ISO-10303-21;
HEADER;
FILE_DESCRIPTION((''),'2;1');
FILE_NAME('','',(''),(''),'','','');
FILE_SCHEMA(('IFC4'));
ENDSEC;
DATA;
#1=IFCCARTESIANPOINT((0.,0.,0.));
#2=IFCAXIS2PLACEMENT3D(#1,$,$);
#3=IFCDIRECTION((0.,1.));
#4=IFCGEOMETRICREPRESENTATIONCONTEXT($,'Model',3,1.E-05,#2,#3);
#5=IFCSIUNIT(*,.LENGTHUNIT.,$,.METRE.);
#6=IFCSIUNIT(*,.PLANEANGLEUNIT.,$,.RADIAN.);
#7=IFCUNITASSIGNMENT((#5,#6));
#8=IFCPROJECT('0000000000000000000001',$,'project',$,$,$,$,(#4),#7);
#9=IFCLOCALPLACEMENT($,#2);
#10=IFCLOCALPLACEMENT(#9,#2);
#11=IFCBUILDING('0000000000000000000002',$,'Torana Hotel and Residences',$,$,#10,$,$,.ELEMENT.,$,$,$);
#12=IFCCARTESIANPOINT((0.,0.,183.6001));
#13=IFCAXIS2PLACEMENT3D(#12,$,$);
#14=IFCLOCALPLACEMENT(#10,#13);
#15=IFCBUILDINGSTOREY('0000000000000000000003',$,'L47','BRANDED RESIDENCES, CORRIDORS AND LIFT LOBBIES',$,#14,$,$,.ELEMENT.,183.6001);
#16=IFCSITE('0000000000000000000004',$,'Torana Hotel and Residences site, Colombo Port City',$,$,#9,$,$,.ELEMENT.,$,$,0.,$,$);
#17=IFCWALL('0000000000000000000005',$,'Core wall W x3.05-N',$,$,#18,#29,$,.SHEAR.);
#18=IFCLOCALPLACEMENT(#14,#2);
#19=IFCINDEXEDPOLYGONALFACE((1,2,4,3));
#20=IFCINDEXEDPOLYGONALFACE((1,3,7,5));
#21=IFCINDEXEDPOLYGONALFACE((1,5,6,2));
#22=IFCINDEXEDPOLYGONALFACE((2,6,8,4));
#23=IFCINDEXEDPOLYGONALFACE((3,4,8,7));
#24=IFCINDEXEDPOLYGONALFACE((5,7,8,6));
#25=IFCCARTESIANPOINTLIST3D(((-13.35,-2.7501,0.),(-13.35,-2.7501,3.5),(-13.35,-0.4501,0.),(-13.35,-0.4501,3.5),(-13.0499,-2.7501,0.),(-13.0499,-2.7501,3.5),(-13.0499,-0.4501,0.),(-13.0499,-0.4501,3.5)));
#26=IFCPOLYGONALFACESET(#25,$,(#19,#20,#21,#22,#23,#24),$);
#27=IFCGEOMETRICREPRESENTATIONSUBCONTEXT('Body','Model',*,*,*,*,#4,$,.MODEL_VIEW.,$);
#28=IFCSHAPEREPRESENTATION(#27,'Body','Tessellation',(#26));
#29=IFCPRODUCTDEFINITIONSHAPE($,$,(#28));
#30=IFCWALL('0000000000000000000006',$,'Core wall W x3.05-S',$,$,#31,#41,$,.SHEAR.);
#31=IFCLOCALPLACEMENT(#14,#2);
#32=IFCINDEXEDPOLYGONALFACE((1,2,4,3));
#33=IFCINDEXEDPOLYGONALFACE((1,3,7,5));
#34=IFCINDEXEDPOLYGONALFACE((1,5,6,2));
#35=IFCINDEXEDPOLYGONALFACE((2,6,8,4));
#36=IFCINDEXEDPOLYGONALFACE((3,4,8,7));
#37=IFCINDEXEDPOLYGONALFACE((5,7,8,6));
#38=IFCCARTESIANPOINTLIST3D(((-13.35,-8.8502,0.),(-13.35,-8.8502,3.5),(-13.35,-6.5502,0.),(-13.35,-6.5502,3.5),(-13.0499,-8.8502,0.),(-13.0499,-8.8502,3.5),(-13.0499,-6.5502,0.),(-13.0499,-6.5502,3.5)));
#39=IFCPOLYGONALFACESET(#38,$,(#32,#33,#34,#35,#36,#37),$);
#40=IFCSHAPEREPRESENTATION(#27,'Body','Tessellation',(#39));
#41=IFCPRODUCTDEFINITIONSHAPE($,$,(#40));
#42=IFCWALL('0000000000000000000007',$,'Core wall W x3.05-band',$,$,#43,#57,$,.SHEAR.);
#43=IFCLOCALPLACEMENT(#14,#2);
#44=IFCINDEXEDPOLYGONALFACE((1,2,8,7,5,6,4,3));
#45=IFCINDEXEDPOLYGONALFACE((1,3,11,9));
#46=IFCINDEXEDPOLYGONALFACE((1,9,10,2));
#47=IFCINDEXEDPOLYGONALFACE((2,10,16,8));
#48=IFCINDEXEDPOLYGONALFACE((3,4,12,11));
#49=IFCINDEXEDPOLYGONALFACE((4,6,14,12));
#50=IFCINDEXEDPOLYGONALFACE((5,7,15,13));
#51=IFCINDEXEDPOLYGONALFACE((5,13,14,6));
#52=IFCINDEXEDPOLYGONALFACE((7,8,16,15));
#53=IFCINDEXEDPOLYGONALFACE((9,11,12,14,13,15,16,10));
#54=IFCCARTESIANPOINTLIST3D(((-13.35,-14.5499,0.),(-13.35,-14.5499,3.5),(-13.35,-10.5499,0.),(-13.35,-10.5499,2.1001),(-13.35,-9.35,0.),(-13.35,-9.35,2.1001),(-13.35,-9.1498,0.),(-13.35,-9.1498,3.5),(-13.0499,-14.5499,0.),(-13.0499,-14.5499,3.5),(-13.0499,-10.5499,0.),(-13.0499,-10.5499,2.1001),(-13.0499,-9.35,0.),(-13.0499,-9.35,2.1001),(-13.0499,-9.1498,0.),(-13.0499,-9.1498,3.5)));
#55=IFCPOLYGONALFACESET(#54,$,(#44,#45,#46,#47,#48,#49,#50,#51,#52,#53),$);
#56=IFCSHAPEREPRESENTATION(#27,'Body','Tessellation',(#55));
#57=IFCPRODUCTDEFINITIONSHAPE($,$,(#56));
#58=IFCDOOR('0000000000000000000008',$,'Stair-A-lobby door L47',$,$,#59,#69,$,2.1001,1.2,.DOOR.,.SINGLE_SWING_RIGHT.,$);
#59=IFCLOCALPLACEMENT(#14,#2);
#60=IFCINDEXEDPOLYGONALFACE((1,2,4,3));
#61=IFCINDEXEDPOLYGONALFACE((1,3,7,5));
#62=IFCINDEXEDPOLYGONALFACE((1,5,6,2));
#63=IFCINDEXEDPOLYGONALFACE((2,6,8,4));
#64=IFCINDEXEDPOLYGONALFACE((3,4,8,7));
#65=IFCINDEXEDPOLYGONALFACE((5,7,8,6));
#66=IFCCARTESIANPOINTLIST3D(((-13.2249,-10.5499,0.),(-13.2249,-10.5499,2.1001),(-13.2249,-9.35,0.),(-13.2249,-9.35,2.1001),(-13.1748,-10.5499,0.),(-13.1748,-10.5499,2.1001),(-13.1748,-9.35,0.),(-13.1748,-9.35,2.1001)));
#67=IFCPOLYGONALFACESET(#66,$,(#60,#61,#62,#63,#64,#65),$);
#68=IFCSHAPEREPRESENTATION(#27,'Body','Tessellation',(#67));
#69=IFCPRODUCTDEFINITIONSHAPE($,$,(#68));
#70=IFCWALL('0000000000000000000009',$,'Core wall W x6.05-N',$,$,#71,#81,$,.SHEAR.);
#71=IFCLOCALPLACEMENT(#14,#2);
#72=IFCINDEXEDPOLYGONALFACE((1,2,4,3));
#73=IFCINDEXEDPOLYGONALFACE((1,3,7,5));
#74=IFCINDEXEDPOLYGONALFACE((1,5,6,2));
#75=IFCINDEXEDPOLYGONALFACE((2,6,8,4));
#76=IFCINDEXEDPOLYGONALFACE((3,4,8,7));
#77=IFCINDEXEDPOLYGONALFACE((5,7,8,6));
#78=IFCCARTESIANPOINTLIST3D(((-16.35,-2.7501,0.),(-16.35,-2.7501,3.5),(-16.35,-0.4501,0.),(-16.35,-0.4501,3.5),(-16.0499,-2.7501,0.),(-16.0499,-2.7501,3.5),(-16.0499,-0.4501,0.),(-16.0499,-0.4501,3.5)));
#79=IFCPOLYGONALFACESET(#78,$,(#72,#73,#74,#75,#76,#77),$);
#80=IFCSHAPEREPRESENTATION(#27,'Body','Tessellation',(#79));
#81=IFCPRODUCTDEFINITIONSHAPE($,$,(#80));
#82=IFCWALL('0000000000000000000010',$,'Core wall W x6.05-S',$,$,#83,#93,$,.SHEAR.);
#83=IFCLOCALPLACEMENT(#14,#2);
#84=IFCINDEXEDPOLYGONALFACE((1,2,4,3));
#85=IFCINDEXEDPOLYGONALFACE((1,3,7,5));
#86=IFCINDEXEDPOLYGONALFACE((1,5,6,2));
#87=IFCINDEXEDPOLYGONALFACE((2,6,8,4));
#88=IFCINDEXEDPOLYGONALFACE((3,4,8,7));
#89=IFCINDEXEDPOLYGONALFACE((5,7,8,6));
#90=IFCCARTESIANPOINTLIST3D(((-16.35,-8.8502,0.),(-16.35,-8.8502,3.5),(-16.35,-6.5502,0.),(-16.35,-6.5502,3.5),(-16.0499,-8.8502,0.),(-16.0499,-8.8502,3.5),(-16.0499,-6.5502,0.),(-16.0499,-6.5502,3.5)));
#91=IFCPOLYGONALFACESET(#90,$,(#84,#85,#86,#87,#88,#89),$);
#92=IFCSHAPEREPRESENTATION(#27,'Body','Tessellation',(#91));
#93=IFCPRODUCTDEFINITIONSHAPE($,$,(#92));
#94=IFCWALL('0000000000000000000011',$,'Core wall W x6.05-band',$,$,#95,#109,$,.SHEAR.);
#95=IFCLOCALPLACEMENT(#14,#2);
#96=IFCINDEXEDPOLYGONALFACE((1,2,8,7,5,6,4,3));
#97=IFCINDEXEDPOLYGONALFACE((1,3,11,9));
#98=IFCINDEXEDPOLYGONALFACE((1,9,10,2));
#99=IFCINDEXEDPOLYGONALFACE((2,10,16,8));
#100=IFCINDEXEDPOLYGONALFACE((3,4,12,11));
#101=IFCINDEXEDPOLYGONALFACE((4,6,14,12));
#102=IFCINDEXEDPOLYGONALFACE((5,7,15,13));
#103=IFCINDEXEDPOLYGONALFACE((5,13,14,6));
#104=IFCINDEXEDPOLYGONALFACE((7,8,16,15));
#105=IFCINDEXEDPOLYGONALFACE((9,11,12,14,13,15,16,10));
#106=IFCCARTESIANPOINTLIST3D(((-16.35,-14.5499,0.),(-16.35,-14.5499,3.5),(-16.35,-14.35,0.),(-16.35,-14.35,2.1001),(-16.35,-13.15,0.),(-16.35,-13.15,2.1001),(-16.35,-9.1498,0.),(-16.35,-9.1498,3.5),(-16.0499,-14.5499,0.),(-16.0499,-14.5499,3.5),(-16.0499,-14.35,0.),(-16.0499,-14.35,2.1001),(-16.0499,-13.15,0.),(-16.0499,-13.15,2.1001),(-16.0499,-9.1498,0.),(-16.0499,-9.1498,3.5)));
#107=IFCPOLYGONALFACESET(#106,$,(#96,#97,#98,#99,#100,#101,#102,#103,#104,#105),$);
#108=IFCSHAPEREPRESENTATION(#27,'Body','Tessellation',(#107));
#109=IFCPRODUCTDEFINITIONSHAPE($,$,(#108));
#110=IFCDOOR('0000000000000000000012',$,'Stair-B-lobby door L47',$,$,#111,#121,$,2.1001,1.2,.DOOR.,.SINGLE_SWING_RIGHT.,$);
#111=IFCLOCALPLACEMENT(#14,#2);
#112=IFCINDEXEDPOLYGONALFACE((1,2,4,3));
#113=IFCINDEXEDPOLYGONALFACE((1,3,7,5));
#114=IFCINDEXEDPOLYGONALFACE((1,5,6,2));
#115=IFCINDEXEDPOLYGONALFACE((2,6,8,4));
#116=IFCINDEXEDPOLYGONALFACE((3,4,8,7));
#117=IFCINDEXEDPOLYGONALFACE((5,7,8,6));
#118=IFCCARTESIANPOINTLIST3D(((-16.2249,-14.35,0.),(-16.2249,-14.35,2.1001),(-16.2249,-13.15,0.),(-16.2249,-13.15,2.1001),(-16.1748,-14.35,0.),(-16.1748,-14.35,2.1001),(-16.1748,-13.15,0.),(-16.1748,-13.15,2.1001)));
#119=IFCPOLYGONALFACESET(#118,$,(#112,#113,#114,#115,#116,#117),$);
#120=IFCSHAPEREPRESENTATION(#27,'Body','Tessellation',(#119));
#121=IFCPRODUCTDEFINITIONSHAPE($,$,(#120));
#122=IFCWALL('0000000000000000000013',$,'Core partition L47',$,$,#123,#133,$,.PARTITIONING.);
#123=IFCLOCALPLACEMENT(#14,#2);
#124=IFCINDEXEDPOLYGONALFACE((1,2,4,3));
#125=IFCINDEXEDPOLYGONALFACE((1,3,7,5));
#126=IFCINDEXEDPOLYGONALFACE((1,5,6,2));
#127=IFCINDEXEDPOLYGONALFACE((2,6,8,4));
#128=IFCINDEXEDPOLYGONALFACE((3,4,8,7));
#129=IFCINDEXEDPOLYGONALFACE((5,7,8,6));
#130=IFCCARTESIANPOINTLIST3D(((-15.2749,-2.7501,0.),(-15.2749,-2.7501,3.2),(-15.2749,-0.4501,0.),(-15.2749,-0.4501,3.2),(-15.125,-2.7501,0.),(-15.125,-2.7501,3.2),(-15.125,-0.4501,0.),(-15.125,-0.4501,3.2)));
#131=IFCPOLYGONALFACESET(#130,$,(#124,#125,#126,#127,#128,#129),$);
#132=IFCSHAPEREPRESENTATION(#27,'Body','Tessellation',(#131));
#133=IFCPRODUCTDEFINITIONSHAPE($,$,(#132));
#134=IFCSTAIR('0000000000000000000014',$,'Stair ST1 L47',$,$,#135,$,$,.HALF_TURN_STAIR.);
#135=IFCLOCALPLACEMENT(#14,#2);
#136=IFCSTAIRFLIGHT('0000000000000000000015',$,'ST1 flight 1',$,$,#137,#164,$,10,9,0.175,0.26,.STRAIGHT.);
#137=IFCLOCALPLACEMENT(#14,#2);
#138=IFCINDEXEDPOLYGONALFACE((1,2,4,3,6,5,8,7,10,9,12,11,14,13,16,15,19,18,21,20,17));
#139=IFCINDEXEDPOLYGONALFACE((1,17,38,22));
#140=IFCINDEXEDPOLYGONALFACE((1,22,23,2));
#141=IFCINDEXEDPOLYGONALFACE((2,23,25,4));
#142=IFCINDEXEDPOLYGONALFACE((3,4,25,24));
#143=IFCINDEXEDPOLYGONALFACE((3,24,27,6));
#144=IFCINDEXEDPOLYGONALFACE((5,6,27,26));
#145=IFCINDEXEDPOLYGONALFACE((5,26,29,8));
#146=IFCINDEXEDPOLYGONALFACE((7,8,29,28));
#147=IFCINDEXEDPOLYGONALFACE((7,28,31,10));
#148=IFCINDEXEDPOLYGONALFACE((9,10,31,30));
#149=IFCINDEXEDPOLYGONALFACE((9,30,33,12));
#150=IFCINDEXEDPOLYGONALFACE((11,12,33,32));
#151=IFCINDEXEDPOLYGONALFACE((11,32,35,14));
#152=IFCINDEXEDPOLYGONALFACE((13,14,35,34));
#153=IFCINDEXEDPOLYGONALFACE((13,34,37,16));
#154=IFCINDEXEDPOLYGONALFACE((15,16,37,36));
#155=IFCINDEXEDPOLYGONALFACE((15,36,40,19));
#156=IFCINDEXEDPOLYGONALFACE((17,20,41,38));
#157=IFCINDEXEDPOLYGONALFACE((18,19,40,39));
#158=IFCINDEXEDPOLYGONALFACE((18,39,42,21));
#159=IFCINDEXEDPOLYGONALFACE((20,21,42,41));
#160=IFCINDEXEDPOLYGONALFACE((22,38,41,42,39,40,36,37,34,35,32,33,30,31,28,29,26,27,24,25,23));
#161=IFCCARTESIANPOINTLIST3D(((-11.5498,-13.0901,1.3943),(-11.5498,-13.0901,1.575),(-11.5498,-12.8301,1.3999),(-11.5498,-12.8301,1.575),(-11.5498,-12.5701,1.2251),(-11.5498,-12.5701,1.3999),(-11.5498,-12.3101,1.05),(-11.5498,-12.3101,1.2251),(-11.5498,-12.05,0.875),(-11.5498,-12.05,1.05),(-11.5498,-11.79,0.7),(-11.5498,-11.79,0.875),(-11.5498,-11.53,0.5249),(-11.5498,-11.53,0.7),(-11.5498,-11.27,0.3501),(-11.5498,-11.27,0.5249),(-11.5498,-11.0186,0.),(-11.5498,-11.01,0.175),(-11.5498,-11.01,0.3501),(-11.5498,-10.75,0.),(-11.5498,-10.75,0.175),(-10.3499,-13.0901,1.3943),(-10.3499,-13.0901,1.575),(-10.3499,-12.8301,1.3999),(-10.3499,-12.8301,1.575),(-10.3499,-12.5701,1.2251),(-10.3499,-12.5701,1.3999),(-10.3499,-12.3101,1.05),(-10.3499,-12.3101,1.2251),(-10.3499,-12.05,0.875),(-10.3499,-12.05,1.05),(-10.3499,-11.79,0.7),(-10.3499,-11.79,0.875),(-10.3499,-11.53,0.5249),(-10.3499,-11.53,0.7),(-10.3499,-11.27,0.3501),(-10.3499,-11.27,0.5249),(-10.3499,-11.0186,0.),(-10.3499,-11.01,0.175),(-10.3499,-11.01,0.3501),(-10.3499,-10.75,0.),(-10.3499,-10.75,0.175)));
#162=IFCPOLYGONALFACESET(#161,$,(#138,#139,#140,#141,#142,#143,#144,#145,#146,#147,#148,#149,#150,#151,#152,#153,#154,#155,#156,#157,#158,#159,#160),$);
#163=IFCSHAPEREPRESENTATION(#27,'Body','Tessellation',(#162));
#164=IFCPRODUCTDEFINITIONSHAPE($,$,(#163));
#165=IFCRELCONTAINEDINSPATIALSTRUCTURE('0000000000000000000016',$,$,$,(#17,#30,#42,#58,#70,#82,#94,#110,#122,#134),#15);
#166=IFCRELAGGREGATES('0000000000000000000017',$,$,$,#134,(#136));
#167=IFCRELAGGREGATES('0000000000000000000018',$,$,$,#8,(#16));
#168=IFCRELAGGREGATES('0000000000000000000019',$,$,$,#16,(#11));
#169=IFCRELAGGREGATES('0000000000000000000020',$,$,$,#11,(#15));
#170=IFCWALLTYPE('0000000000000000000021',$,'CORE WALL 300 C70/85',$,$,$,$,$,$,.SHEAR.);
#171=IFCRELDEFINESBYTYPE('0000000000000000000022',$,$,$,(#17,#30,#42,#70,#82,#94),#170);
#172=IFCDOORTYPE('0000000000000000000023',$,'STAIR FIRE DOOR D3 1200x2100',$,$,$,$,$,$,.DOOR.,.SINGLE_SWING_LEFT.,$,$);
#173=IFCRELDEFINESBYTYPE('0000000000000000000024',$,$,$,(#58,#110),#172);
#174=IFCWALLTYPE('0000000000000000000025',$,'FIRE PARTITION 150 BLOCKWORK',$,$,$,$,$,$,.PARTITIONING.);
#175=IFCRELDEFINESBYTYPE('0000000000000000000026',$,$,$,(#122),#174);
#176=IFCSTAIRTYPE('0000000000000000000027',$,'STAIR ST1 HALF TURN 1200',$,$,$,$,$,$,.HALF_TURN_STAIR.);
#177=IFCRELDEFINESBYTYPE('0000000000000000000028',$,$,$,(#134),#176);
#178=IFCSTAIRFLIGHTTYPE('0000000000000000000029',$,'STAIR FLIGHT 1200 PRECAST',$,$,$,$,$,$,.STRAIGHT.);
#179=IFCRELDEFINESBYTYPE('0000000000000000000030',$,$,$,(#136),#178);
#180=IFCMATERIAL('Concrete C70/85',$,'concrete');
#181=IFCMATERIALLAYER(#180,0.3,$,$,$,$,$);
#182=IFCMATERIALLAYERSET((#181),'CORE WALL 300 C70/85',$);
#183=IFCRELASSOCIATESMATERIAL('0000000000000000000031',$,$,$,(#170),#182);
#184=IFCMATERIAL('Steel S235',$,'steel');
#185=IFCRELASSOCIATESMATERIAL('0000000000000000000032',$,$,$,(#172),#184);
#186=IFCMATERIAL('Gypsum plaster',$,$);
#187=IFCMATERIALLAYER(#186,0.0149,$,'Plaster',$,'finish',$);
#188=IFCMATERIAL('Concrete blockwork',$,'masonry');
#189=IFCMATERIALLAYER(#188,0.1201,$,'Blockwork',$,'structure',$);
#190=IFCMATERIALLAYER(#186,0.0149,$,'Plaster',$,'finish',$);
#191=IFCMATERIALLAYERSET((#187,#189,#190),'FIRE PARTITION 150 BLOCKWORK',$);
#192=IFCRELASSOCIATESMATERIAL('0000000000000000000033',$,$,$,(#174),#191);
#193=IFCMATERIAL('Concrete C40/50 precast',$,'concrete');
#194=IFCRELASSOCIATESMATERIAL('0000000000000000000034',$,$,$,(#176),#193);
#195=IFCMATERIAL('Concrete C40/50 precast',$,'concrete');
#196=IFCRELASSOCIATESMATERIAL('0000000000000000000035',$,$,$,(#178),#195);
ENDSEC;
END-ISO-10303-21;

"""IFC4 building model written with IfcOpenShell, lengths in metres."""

from ifc_helpers import new_model, si_unit, direction, frame, frame_2d, origin, place, context, subcontext, project, spatial, polyline, rectangle, outline, extrude, material, layer, layer_set, type_object, element, fill, aggregate, save


model = new_model("IFC4")

# Units and contexts
model_context = context("Model", 3, precision=1e-05, world=origin(), true_north=direction((0.0, 1.0)))
body_context = subcontext(model_context, "Body", "Model", "MODEL_VIEW")
ifc_project = project(units=[si_unit("LENGTHUNIT", "METRE"), si_unit("PLANEANGLEUNIT", "RADIAN")], contexts=[model_context])

# Site, building, storey
site_placement = place(None, origin())
site = spatial("IfcSite", under=ifc_project, at=site_placement, Name="Torana Hotel and Residences site, Colombo Port City", CompositionType="ELEMENT", RefElevation=0.0)
building_placement = place(site_placement, origin())
building = spatial("IfcBuilding", under=site, at=building_placement, Name="Torana Hotel and Residences", CompositionType="ELEMENT")
storey_placement = place(building_placement, frame((0.0, 0.0, 183.6001)))
storey = spatial("IfcBuildingStorey", under=building, at=storey_placement, Name="L47", Description="BRANDED RESIDENCES, CORRIDORS AND LIFT LOBBIES", CompositionType="ELEMENT", Elevation=183.6001)

# Walls
ifc_material_1 = material(Name="Concrete C70/85", Category="concrete")
ifc_layer_1 = layer(ifc_material_1, 0.3)
ifc_layer_set_1 = layer_set([ifc_layer_1], Name="CORE WALL 300 C70/85")
wall_type_1 = type_object("IfcWallType", Name="CORE WALL 300 C70/85", PredefinedType="SHEAR", material=ifc_layer_set_1)
for number, where, z_axis, x_axis, name in (
    (1, (-13.2, -2.75, 0.0), (0.0, 0.0, 1.0), (0.0, 1.0, 0.0), "Core wall W x3.05-N"),
    (2, (-13.2, -8.8501, 0.0), (0.0, 0.0, 1.0), (0.0, 1.0, 0.0), "Core wall W x3.05-S"),
):
    element("IfcWall", number, at=place(storey_placement, frame(where, z_axis=z_axis, x_axis=x_axis)), inside=storey, type_object=wall_type_1, Name=name, PredefinedType="SHEAR", context=body_context, shape_type="SweptSolid", body=[
        extrude(rectangle(XDim=2.3, YDim=0.3, at=frame_2d((1.1499, 0.0))), origin(), (0.0, 0.0, 1.0), 3.5),
    ])

# Wall, opening, door
wall_1_placement = place(storey_placement, frame((-13.2, -14.55, 0.0), z_axis=(0.0, 0.0, 1.0), x_axis=(0.0, 1.0, 0.0)))
wall_1 = element("IfcWall", 3, at=wall_1_placement, inside=storey, type_object=wall_type_1, Name="Core wall W x3.05-band", PredefinedType="SHEAR", context=body_context, shape_type="SweptSolid", body=[
    extrude(rectangle(XDim=5.4001, YDim=0.3, at=frame_2d((2.7002, 0.0))), origin(), (0.0, 0.0, 1.0), 3.5),
])
opening_1_placement = place(wall_1_placement, frame((4.0, 0.0, 0.0)))
opening_1 = element("IfcOpeningElement", 4, at=opening_1_placement, cuts=wall_1, PredefinedType="OPENING", context=body_context, shape_type="SweptSolid", body=[
    extrude(rectangle(XDim=1.2, YDim=2.1001, at=frame_2d((0.6001, 1.05))), frame((0.0, 0.1599, 0.0), z_axis=(0.0, -1.0, 0.0), x_axis=(1.0, 0.0, 0.0)), (0.0, 0.0, 1.0), 0.3201),
])
ifc_material_2 = material(Name="Steel S235", Category="steel")
door_type_1 = type_object("IfcDoorType", Name="STAIR FIRE DOOR D3 1200x2100", OperationType="SINGLE_SWING_LEFT", PredefinedType="DOOR", material=ifc_material_2)
door_1_placement = place(opening_1_placement, frame((0.6001, 0.0, 0.0), z_axis=(0.0, 0.0, 1.0), x_axis=(-1.0, 0.0, 0.0)))
door_1 = element("IfcDoor", 5, at=door_1_placement, inside=storey, type_object=door_type_1, Name="Stair-A-lobby door L47", OperationType="SINGLE_SWING_RIGHT", OverallHeight=2.1001, OverallWidth=1.2, PredefinedType="DOOR", context=body_context, shape_type="SweptSolid", body=[
    extrude(rectangle(XDim=1.2, YDim=2.1001, at=frame_2d((0.0, 1.05))), frame((0.0, -0.0249, 0.0), z_axis=(0.0, 1.0, 0.0), x_axis=(-1.0, 0.0, 0.0)), (0.0, 0.0, 1.0), 0.05),
])
fill(opening_1, door_1)

# Walls
for number, where, z_axis, x_axis, name in (
    (6, (-16.2, -2.75, 0.0), (0.0, 0.0, 1.0), (0.0, 1.0, 0.0), "Core wall W x6.05-N"),
    (7, (-16.2, -8.8501, 0.0), (0.0, 0.0, 1.0), (0.0, 1.0, 0.0), "Core wall W x6.05-S"),
):
    element("IfcWall", number, at=place(storey_placement, frame(where, z_axis=z_axis, x_axis=x_axis)), inside=storey, type_object=wall_type_1, Name=name, PredefinedType="SHEAR", context=body_context, shape_type="SweptSolid", body=[
        extrude(rectangle(XDim=2.3, YDim=0.3, at=frame_2d((1.1499, 0.0))), origin(), (0.0, 0.0, 1.0), 3.5),
    ])

# Wall, opening, door
wall_2_placement = place(storey_placement, frame((-16.2, -14.55, 0.0), z_axis=(0.0, 0.0, 1.0), x_axis=(0.0, 1.0, 0.0)))
wall_2 = element("IfcWall", 8, at=wall_2_placement, inside=storey, type_object=wall_type_1, Name="Core wall W x6.05-band", PredefinedType="SHEAR", context=body_context, shape_type="SweptSolid", body=[
    extrude(rectangle(XDim=5.4001, YDim=0.3, at=frame_2d((2.7002, 0.0))), origin(), (0.0, 0.0, 1.0), 3.5),
])
opening_2_placement = place(wall_2_placement, frame((0.2, 0.0, 0.0)))
opening_2 = element("IfcOpeningElement", 9, at=opening_2_placement, cuts=wall_2, PredefinedType="OPENING", context=body_context, shape_type="SweptSolid", body=[
    extrude(rectangle(XDim=1.2, YDim=2.1001, at=frame_2d((0.6001, 1.05))), frame((0.0, 0.1599, 0.0), z_axis=(0.0, -1.0, 0.0), x_axis=(1.0, 0.0, 0.0)), (0.0, 0.0, 1.0), 0.3201),
])
door_2_placement = place(opening_2_placement, origin())
door_2 = element("IfcDoor", 10, at=door_2_placement, inside=storey, type_object=door_type_1, Name="Stair-B-lobby door L47", OperationType="SINGLE_SWING_RIGHT", OverallHeight=2.1001, OverallWidth=1.2, PredefinedType="DOOR", context=body_context, shape_type="SweptSolid", body=[
    extrude(rectangle(XDim=1.2, YDim=2.1001, at=frame_2d((0.6001, 1.05))), frame((0.0, 0.0249, 0.0), z_axis=(0.0, -1.0, 0.0), x_axis=(1.0, 0.0, 0.0)), (0.0, 0.0, 1.0), 0.05),
])
fill(opening_2, door_2)

# Wall
ifc_material_3 = material(Name="Gypsum plaster")
ifc_layer_2 = layer(ifc_material_3, 0.0149, Name="Plaster", Category="finish")
ifc_material_4 = material(Name="Concrete blockwork", Category="masonry")
ifc_layer_3 = layer(ifc_material_4, 0.1201, Name="Blockwork", Category="structure")
ifc_layer_4 = layer(ifc_material_3, 0.0149, Name="Plaster", Category="finish")
ifc_layer_set_2 = layer_set([ifc_layer_2, ifc_layer_3, ifc_layer_4], Name="FIRE PARTITION 150 BLOCKWORK")
wall_type_2 = type_object("IfcWallType", Name="FIRE PARTITION 150 BLOCKWORK", PredefinedType="PARTITIONING", material=ifc_layer_set_2)
wall_3_placement = place(storey_placement, frame((-15.2, -2.75, 0.0), z_axis=(0.0, 0.0, 1.0), x_axis=(0.0, 1.0, 0.0)))
element("IfcWall", 11, at=wall_3_placement, inside=storey, type_object=wall_type_2, Name="Core partition L47", PredefinedType="PARTITIONING", context=body_context, shape_type="SweptSolid", body=[
    extrude(rectangle(XDim=2.3, YDim=0.1499, at=frame_2d((1.1499, 0.0))), origin(), (0.0, 0.0, 1.0), 3.2),
])

# Stair, stair flight
ifc_material_5 = material(Name="Concrete C40/50 precast", Category="concrete")
stair_type = type_object("IfcStairType", Name="STAIR ST1 HALF TURN 1200", PredefinedType="HALF_TURN_STAIR", material=ifc_material_5)
stair_placement = place(storey_placement, origin())
stair = element("IfcStair", 12, at=stair_placement, inside=storey, type_object=stair_type, Name="Stair ST1 L47", PredefinedType="HALF_TURN_STAIR")
ifc_material_6 = material(Name="Concrete C40/50 precast", Category="concrete")
stair_flight_type = type_object("IfcStairFlightType", Name="STAIR FLIGHT 1200 PRECAST", PredefinedType="STRAIGHT", material=ifc_material_6)
stair_flight_1_placement = place(storey_placement, frame((-10.95, -10.75, 0.0), z_axis=(0.0, 0.0, 1.0), x_axis=(0.0, -1.0, 0.0)))
stair_flight_1 = element("IfcStairFlight", 13, at=stair_flight_1_placement, type_object=stair_flight_type, Name="ST1 flight 1", NumberOfRisers=10, NumberOfTreads=9, PredefinedType="STRAIGHT", RiserHeight=0.175, TreadLength=0.26, context=body_context, shape_type="SweptSolid", body=[
    extrude(outline(polyline([(0.0, 0.0), (0.0, 0.175), (0.26, 0.175), (0.26, 0.3501), (0.52, 0.3501), (0.52, 0.5249), (0.78, 0.5249), (0.78, 0.7), (1.04, 0.7), (1.04, 0.875), (1.3, 0.875), (1.3, 1.05), (1.5601, 1.05), (1.5601, 1.2251), (1.8201, 1.2251), (1.8201, 1.3999), (2.0801, 1.3999), (2.0801, 1.575), (2.3401, 1.575), (2.3401, 1.75), (2.3401, 1.3943), (0.2686, 0.0), (0.0, 0.0)])), frame((0.0, 0.6001, 0.0), z_axis=(0.0, -1.0, 0.0), x_axis=(1.0, 0.0, 0.0)), (0.0, 0.0, 1.0), 1.2),
])
aggregate(stair, [stair_flight_1])

save(model, "model.ifc")
